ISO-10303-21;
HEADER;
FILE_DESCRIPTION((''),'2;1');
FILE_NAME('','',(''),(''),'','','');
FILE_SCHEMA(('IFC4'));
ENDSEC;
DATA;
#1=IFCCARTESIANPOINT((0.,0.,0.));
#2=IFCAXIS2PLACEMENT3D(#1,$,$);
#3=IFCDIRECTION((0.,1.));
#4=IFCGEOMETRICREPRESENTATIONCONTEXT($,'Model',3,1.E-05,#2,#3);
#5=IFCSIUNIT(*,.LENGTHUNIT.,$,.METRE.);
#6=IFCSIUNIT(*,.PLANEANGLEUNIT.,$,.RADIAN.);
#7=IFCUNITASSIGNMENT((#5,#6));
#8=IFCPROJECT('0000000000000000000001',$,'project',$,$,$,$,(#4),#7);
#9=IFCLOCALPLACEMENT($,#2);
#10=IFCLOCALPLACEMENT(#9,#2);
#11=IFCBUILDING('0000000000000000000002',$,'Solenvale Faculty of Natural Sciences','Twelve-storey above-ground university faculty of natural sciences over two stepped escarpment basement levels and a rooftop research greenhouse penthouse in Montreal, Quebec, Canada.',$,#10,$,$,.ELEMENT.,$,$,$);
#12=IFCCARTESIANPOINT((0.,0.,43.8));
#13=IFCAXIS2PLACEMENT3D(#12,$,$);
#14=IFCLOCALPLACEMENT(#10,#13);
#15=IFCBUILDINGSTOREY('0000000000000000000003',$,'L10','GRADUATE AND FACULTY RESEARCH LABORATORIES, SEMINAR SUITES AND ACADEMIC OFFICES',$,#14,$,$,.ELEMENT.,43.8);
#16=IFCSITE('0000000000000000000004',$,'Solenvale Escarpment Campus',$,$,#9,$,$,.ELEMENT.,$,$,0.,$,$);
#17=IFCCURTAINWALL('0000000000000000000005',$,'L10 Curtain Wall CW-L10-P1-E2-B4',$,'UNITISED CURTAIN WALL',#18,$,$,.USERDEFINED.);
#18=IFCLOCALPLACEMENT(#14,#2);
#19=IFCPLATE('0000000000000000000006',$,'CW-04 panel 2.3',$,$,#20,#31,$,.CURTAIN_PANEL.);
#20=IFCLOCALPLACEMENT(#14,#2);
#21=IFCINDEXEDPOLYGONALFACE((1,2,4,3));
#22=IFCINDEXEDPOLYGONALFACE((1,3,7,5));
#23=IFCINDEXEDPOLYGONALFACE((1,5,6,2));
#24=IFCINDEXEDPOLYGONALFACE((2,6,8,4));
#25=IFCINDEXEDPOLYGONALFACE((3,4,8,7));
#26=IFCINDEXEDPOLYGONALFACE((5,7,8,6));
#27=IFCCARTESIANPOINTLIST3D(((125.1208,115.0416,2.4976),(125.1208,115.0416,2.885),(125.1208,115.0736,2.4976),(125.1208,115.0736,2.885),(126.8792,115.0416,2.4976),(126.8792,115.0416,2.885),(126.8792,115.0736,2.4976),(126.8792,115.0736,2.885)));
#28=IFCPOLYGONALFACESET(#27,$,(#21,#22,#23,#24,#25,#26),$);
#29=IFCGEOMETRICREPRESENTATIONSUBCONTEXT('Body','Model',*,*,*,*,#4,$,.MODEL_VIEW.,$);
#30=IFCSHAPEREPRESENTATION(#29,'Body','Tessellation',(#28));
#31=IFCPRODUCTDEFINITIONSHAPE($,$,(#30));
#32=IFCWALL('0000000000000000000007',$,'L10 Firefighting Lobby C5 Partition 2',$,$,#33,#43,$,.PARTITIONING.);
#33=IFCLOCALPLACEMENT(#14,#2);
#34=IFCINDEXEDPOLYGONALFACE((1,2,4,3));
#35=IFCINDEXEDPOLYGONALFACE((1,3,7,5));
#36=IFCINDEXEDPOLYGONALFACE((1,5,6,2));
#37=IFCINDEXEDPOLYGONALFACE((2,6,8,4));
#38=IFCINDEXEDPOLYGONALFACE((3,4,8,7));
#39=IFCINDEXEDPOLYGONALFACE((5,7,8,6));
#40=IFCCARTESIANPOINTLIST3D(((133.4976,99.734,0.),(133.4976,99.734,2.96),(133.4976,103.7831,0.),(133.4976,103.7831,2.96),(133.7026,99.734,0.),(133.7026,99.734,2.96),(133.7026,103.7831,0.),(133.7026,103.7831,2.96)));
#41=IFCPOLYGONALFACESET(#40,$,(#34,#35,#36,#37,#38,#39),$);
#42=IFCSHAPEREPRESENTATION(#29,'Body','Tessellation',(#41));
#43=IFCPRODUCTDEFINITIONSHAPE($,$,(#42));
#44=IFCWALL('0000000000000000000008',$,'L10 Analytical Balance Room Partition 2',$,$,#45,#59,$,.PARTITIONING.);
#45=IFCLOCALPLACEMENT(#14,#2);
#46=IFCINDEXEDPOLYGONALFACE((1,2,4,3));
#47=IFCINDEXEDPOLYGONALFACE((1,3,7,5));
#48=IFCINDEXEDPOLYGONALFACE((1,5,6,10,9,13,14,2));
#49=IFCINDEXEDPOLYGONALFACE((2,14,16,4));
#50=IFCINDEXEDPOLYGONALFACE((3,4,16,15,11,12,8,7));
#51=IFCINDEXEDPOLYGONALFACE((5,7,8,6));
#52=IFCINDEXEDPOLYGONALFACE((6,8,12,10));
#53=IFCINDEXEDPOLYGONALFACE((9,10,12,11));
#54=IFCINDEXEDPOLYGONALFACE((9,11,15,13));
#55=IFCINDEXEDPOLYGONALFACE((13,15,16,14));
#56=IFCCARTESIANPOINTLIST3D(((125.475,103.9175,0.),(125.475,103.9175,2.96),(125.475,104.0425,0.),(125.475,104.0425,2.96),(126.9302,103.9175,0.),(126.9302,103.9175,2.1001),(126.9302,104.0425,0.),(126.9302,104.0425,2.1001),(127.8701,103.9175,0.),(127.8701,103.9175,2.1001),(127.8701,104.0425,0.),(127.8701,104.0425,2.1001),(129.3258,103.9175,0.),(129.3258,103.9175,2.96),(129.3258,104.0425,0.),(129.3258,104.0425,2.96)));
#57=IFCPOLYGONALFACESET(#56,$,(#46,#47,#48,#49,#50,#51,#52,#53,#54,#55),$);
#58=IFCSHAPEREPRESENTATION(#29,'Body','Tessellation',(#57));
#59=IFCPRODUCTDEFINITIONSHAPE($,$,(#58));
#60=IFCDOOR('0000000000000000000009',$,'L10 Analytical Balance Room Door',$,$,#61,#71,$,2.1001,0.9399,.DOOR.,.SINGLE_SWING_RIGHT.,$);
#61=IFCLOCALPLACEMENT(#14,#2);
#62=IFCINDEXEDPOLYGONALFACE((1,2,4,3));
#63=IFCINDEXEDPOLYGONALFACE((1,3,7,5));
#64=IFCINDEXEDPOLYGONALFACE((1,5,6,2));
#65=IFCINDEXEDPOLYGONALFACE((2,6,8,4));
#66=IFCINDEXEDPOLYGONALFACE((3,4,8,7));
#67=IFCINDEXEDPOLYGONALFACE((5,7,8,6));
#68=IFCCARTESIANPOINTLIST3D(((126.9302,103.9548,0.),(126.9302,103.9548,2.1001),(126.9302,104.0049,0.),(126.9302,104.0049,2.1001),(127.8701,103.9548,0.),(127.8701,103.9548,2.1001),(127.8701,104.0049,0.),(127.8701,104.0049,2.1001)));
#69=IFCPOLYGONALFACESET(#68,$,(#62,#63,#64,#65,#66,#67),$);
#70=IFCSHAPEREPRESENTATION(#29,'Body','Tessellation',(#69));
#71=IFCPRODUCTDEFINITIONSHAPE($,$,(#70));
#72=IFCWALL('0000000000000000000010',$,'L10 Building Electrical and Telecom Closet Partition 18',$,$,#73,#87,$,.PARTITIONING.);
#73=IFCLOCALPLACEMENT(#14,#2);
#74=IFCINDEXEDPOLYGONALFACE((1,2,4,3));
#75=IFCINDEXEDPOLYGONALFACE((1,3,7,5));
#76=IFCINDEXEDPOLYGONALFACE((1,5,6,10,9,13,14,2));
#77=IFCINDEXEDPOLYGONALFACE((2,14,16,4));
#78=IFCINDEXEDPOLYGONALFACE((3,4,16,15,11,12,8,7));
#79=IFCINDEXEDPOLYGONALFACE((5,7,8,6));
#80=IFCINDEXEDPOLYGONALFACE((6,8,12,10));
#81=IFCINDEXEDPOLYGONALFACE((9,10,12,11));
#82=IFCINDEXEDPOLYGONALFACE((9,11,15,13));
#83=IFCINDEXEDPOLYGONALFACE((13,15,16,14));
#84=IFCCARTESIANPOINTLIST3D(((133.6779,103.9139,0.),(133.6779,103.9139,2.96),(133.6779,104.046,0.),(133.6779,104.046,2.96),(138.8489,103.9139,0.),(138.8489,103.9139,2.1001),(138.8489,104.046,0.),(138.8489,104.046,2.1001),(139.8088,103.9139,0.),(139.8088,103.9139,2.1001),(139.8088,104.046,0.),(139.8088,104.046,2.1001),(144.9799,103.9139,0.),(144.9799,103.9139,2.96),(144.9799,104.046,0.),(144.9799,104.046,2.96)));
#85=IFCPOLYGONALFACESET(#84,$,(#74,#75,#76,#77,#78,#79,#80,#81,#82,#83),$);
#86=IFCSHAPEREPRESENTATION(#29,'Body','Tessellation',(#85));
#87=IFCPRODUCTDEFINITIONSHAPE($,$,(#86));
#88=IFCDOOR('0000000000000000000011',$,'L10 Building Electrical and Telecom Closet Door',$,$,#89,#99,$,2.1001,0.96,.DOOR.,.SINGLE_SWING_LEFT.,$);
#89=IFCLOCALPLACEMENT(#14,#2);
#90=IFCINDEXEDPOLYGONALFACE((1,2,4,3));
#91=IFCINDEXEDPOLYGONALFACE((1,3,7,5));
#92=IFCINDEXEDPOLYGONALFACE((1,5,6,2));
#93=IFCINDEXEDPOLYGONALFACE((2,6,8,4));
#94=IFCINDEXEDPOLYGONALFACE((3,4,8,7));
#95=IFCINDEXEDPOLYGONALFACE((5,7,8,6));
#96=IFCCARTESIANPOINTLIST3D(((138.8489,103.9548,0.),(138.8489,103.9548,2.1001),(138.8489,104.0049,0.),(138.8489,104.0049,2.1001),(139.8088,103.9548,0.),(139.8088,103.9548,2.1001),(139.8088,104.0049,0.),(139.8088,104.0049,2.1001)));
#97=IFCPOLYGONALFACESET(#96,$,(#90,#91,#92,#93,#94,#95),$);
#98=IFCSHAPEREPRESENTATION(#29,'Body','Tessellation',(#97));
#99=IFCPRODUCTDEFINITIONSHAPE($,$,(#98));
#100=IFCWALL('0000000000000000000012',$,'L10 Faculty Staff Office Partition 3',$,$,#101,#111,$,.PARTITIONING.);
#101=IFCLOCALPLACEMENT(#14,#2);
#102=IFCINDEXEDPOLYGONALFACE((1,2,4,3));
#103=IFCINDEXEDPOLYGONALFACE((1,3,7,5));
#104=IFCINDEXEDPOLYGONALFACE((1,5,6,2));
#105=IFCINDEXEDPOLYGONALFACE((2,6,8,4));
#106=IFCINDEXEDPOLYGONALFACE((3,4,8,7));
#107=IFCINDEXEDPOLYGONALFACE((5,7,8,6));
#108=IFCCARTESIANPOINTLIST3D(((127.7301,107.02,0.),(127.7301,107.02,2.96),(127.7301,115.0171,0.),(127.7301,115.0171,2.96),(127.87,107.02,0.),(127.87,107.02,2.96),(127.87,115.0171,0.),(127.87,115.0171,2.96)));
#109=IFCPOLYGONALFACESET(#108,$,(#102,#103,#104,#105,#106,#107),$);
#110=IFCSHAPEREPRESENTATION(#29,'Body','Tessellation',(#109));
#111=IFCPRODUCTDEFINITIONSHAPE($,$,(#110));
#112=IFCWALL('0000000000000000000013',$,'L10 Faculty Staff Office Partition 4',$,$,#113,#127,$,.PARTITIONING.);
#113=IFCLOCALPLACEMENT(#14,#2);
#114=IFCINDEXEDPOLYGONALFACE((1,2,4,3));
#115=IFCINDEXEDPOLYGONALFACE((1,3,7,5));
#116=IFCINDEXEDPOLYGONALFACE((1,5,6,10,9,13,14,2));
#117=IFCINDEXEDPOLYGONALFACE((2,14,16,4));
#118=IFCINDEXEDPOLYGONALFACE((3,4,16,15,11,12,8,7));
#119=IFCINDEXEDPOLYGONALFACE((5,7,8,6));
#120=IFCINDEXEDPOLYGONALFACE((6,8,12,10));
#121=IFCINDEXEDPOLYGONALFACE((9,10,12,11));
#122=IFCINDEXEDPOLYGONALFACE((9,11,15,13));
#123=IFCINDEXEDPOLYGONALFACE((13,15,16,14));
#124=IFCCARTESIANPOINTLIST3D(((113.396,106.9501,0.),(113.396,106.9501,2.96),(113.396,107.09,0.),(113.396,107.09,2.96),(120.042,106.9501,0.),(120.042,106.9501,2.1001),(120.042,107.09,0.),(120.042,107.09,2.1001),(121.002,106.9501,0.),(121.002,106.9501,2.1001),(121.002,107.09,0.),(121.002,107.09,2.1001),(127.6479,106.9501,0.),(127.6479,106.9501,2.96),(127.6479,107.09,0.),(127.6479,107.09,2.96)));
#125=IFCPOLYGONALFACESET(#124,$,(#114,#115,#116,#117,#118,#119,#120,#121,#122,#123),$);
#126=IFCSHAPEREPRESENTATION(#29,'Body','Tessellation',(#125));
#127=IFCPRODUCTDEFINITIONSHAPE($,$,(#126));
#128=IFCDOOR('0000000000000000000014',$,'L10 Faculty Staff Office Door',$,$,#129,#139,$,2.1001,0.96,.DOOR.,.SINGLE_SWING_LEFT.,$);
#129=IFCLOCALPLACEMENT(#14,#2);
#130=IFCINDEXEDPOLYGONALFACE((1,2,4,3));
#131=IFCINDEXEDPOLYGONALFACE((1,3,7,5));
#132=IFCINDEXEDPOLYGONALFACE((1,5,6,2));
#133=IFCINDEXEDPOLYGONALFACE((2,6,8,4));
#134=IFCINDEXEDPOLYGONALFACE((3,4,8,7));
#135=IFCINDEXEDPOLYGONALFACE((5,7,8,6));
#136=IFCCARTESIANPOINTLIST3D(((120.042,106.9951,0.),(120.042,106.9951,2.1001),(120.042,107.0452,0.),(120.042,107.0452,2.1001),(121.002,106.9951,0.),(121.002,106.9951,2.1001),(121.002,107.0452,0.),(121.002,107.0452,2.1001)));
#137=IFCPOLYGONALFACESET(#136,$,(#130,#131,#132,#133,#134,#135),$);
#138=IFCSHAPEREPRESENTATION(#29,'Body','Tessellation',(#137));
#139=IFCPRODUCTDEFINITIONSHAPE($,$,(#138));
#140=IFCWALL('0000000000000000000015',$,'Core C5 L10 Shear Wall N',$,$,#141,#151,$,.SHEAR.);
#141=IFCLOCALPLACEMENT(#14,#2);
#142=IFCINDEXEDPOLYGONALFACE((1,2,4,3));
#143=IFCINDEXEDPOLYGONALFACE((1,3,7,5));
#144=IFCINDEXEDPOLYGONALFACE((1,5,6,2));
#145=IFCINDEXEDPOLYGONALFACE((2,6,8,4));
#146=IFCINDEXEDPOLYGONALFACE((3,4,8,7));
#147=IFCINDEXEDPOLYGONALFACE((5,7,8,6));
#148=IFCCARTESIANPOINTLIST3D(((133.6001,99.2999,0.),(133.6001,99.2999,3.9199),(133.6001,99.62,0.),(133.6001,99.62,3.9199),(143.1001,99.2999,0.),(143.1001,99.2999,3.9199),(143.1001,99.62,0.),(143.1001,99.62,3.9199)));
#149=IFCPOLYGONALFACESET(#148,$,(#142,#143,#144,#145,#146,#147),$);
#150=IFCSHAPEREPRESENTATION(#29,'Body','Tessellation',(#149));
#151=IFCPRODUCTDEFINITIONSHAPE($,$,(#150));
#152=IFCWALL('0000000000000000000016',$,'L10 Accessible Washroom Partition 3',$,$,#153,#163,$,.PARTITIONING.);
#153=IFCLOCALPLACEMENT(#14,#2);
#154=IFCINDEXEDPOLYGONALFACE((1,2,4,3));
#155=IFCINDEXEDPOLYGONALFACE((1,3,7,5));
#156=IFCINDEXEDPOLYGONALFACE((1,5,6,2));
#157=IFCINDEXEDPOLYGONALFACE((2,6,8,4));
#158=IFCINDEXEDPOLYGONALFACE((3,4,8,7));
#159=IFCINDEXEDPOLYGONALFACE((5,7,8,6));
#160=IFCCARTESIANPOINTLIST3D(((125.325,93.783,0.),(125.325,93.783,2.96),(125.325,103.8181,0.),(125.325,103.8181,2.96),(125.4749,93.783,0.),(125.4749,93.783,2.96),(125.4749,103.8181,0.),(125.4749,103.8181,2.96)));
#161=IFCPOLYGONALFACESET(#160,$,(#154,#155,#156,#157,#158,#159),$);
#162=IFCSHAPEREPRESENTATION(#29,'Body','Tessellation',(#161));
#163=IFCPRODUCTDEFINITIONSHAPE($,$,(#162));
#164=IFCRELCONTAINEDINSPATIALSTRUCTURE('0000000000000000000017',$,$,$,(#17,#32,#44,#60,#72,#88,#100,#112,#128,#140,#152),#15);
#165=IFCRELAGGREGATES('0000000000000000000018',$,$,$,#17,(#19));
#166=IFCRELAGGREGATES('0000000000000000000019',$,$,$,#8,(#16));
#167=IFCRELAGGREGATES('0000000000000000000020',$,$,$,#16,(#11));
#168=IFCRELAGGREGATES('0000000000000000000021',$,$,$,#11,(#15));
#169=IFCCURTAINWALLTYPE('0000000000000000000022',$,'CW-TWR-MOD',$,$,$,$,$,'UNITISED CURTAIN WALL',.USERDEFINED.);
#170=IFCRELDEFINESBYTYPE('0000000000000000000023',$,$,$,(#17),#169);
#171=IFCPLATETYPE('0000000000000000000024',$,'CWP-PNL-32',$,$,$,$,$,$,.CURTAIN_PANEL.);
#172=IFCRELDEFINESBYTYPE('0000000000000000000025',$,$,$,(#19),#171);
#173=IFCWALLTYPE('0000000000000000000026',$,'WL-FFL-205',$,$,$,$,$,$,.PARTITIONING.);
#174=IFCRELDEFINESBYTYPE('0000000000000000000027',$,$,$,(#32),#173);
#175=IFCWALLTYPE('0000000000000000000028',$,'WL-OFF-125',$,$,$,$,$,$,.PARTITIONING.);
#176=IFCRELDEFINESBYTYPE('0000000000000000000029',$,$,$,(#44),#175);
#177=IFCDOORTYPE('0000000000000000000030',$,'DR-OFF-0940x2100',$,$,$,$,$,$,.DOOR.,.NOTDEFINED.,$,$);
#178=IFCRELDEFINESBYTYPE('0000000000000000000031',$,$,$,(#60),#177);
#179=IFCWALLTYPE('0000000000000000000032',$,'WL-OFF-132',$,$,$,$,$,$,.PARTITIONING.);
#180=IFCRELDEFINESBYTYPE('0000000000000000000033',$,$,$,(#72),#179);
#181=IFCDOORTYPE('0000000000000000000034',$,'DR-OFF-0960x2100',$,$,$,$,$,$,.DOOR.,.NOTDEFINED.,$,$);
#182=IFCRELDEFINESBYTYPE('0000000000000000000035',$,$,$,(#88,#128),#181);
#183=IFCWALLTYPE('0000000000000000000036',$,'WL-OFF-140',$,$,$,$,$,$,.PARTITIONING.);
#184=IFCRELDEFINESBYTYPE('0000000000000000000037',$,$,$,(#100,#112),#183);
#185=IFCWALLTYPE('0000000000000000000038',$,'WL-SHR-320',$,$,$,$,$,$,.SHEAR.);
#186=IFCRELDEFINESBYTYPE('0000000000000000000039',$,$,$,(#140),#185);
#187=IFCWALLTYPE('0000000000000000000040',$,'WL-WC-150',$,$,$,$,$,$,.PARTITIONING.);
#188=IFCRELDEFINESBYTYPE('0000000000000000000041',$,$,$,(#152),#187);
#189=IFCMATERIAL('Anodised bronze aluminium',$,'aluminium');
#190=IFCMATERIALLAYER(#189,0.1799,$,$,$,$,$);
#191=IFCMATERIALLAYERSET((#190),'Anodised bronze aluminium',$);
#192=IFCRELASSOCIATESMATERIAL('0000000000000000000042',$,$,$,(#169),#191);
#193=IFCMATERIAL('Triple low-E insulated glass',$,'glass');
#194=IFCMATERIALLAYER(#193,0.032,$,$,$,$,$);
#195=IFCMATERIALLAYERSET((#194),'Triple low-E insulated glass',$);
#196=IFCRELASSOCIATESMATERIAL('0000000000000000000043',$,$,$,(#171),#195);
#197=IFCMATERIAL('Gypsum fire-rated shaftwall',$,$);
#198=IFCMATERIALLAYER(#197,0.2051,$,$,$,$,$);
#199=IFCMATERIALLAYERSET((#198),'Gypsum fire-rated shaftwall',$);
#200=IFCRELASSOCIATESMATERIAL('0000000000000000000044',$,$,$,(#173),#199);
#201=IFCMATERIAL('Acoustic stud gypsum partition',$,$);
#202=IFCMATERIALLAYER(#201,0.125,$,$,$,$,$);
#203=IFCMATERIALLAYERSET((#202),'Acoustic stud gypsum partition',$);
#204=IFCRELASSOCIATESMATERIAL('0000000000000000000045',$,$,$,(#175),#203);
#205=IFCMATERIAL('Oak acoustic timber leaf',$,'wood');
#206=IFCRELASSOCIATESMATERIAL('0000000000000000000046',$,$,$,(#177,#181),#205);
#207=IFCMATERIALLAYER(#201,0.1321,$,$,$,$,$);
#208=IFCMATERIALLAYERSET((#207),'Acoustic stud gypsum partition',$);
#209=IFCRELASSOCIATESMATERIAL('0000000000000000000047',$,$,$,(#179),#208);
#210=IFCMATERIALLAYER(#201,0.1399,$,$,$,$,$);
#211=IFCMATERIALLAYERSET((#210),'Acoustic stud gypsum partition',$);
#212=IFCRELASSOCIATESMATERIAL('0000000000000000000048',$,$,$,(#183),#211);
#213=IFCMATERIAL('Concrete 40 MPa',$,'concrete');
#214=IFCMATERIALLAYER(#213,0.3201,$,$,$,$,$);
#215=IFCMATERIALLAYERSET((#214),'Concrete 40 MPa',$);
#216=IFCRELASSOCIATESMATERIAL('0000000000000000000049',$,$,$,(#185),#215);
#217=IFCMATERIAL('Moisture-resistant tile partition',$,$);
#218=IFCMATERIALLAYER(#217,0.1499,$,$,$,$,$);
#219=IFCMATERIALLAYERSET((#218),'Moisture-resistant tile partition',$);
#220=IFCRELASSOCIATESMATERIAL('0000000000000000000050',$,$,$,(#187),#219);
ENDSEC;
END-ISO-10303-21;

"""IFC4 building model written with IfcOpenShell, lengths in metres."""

from ifc_helpers import new_model, si_unit, direction, frame, frame_2d, origin, origin_2d, place, context, subcontext, project, spatial, rectangle, extrude, material, layer, layer_set, type_object, element, fill, aggregate, save


model = new_model("IFC4")

# Units and contexts
model_context = context("Model", 3, precision=1e-05, world=origin(), true_north=direction((0.0, 1.0)))
body_context = subcontext(model_context, "Body", "Model", "MODEL_VIEW")
ifc_project = project(units=[si_unit("LENGTHUNIT", "METRE"), si_unit("PLANEANGLEUNIT", "RADIAN")], contexts=[model_context])

# Site, building, storey
site_placement = place(None, origin())
site = spatial("IfcSite", under=ifc_project, at=site_placement, Name="Solenvale Escarpment Campus", CompositionType="ELEMENT", RefElevation=0.0)
building_placement = place(site_placement, origin())
building = spatial("IfcBuilding", under=site, at=building_placement, Name="Solenvale Faculty of Natural Sciences", Description="Twelve-storey above-ground university faculty of natural sciences over two stepped escarpment basement levels and a rooftop research greenhouse penthouse in Montreal, Quebec, Canada.", CompositionType="ELEMENT")
storey_placement = place(building_placement, frame((0.0, 0.0, 43.8)))
storey = spatial("IfcBuildingStorey", under=building, at=storey_placement, Name="L10", Description="GRADUATE AND FACULTY RESEARCH LABORATORIES, SEMINAR SUITES AND ACADEMIC OFFICES", CompositionType="ELEMENT", Elevation=43.8)

# Shared definitions
ifc_material_1 = material(Name="Concrete 40 MPa", Category="concrete")

# Curtain wall, plate
ifc_material_2 = material(Name="Anodised bronze aluminium", Category="aluminium")
ifc_layer_1 = layer(ifc_material_2, 0.1799)
ifc_layer_set_1 = layer_set([ifc_layer_1], Name="Anodised bronze aluminium")
curtain_wall_type = type_object("IfcCurtainWallType", Name="CW-TWR-MOD", ElementType="UNITISED CURTAIN WALL", PredefinedType="USERDEFINED", material=ifc_layer_set_1)
curtain_wall_placement = place(storey_placement, origin())
curtain_wall = element("IfcCurtainWall", 1, at=curtain_wall_placement, inside=storey, type_object=curtain_wall_type, Name="L10 Curtain Wall CW-L10-P1-E2-B4", ObjectType="UNITISED CURTAIN WALL", PredefinedType="USERDEFINED")
ifc_material_3 = material(Name="Triple low-E insulated glass", Category="glass")
ifc_layer_2 = layer(ifc_material_3, 0.032)
ifc_layer_set_2 = layer_set([ifc_layer_2], Name="Triple low-E insulated glass")
plate_type = type_object("IfcPlateType", Name="CWP-PNL-32", PredefinedType="CURTAIN_PANEL", material=ifc_layer_set_2)
plate_1_placement = place(storey_placement, frame((126.0, 115.0576, 2.4976), z_axis=(0.0, 0.0, 1.0), x_axis=(-1.0, 0.0, 0.0)))
plate_1 = element("IfcPlate", 2, at=plate_1_placement, type_object=plate_type, Name="CW-04 panel 2.3", PredefinedType="CURTAIN_PANEL", context=body_context, shape_type="SweptSolid", body=[
    extrude(rectangle(XDim=1.7583, YDim=0.032, at=origin_2d()), origin(), (0.0, 0.0, 1.0), 0.3875),
])
aggregate(curtain_wall, [plate_1])

# Shared definitions
ifc_material_4 = material(Name="Gypsum fire-rated shaftwall")
ifc_layer_3 = layer(ifc_material_4, 0.2051)
ifc_layer_set_3 = layer_set([ifc_layer_3], Name="Gypsum fire-rated shaftwall")
wall_type_1 = type_object("IfcWallType", Name="WL-FFL-205", PredefinedType="PARTITIONING", material=ifc_layer_set_3)

# Wall
wall_1_placement = place(storey_placement, frame((133.6001, 103.783, 0.0), z_axis=(0.0, 0.0, 1.0), x_axis=(0.0, -1.0, 0.0)))
element("IfcWall", 3, at=wall_1_placement, inside=storey, type_object=wall_type_1, Name="L10 Firefighting Lobby C5 Partition 2", PredefinedType="PARTITIONING", context=body_context, shape_type="SweptSolid", body=[
    extrude(rectangle(XDim=4.0491, YDim=0.2051, at=frame_2d((2.0244, 0.0))), origin(), (0.0, 0.0, 1.0), 2.96),
])

# Walls, openings, doors
ifc_material_5 = material(Name="Acoustic stud gypsum partition")
ifc_layer_4 = layer(ifc_material_5, 0.125)
ifc_layer_set_4 = layer_set([ifc_layer_4], Name="Acoustic stud gypsum partition")
wall_type_2 = type_object("IfcWallType", Name="WL-OFF-125", PredefinedType="PARTITIONING", material=ifc_layer_set_4)
wall_2_placement = place(storey_placement, frame((125.4751, 103.98, 0.0), z_axis=(0.0, 0.0, 1.0), x_axis=(1.0, 0.0, 0.0)))
wall_2 = element("IfcWall", 4, at=wall_2_placement, inside=storey, type_object=wall_type_2, Name="L10 Analytical Balance Room Partition 2", PredefinedType="PARTITIONING", context=body_context, shape_type="SweptSolid", body=[
    extrude(rectangle(XDim=3.8508, YDim=0.125, at=frame_2d((1.9253, 0.0))), origin(), (0.0, 0.0, 1.0), 2.96),
])
opening_1_placement = place(wall_2_placement, frame((1.4551, 0.0, 0.0)))
opening_1 = element("IfcOpeningElement", 5, at=opening_1_placement, cuts=wall_2, PredefinedType="OPENING", context=body_context, shape_type="SweptSolid", body=[
    extrude(rectangle(XDim=0.9399, YDim=2.1001, at=frame_2d((0.47, 1.05))), frame((0.0, 0.0725, 0.0), z_axis=(0.0, -1.0, 0.0), x_axis=(1.0, 0.0, 0.0)), (0.0, 0.0, 1.0), 0.145),
])
ifc_material_6 = material(Name="Oak acoustic timber leaf", Category="wood")
door_type_1 = type_object("IfcDoorType", Name="DR-OFF-0940x2100", OperationType="NOTDEFINED", PredefinedType="DOOR", material=ifc_material_6)
door_1_placement = place(opening_1_placement, origin())
door_1 = element("IfcDoor", 6, at=door_1_placement, inside=storey, type_object=door_type_1, Name="L10 Analytical Balance Room Door", OperationType="SINGLE_SWING_RIGHT", OverallHeight=2.1001, OverallWidth=0.9399, PredefinedType="DOOR", context=body_context, shape_type="SweptSolid", body=[
    extrude(rectangle(XDim=0.9399, YDim=2.1001, at=frame_2d((0.47, 1.05))), frame((0.0, 0.0249, 0.0), z_axis=(0.0, -1.0, 0.0), x_axis=(1.0, 0.0, 0.0)), (0.0, 0.0, 1.0), 0.05),
])
fill(opening_1, door_1)
ifc_layer_5 = layer(ifc_material_5, 0.1321)
ifc_layer_set_5 = layer_set([ifc_layer_5], Name="Acoustic stud gypsum partition")
wall_type_3 = type_object("IfcWallType", Name="WL-OFF-132", PredefinedType="PARTITIONING", material=ifc_layer_set_5)
wall_3_placement = place(storey_placement, frame((133.678, 103.98, 0.0), z_axis=(0.0, 0.0, 1.0), x_axis=(1.0, 0.0, 0.0)))
wall_3 = element("IfcWall", 7, at=wall_3_placement, inside=storey, type_object=wall_type_3, Name="L10 Building Electrical and Telecom Closet Partition 18", PredefinedType="PARTITIONING", context=body_context, shape_type="SweptSolid", body=[
    extrude(rectangle(XDim=11.302, YDim=0.1321, at=frame_2d((5.6509, 0.0))), origin(), (0.0, 0.0, 1.0), 2.96),
])
opening_2_placement = place(wall_3_placement, frame((5.1709, 0.0, 0.0)))
opening_2 = element("IfcOpeningElement", 8, at=opening_2_placement, cuts=wall_3, PredefinedType="OPENING", context=body_context, shape_type="SweptSolid", body=[
    extrude(rectangle(XDim=0.96, YDim=2.1001, at=frame_2d((0.48, 1.05))), frame((0.0, 0.0759, 0.0), z_axis=(0.0, -1.0, 0.0), x_axis=(1.0, 0.0, 0.0)), (0.0, 0.0, 1.0), 0.1521),
])
door_type_2 = type_object("IfcDoorType", Name="DR-OFF-0960x2100", OperationType="NOTDEFINED", PredefinedType="DOOR", material=ifc_material_6)
door_2_placement = place(opening_2_placement, origin())
door_2 = element("IfcDoor", 9, at=door_2_placement, inside=storey, type_object=door_type_2, Name="L10 Building Electrical and Telecom Closet Door", OperationType="SINGLE_SWING_LEFT", OverallHeight=2.1001, OverallWidth=0.96, PredefinedType="DOOR", context=body_context, shape_type="SweptSolid", body=[
    extrude(rectangle(XDim=0.96, YDim=2.1001, at=frame_2d((0.48, 1.05))), frame((0.0, 0.0249, 0.0), z_axis=(0.0, -1.0, 0.0), x_axis=(1.0, 0.0, 0.0)), (0.0, 0.0, 1.0), 0.05),
])
fill(opening_2, door_2)

# Wall
ifc_layer_6 = layer(ifc_material_5, 0.1399)
ifc_layer_set_6 = layer_set([ifc_layer_6], Name="Acoustic stud gypsum partition")
wall_type_4 = type_object("IfcWallType", Name="WL-OFF-140", PredefinedType="PARTITIONING", material=ifc_layer_set_6)
wall_4_placement = place(storey_placement, frame((127.8, 115.0171, 0.0), z_axis=(0.0, 0.0, 1.0), x_axis=(0.0, -1.0, 0.0)))
element("IfcWall", 10, at=wall_4_placement, inside=storey, type_object=wall_type_4, Name="L10 Faculty Staff Office Partition 3", PredefinedType="PARTITIONING", context=body_context, shape_type="SweptSolid", body=[
    extrude(rectangle(XDim=7.9971, YDim=0.1399, at=frame_2d((3.9985, 0.0))), origin(), (0.0, 0.0, 1.0), 2.96),
])

# Wall, opening, door
wall_5_placement = place(storey_placement, frame((127.6479, 107.02, 0.0), z_axis=(0.0, 0.0, 1.0), x_axis=(-1.0, 0.0, 0.0)))
wall_5 = element("IfcWall", 11, at=wall_5_placement, inside=storey, type_object=wall_type_4, Name="L10 Faculty Staff Office Partition 4", PredefinedType="PARTITIONING", context=body_context, shape_type="SweptSolid", body=[
    extrude(rectangle(XDim=14.252, YDim=0.1399, at=frame_2d((7.126, 0.0))), origin(), (0.0, 0.0, 1.0), 2.96),
])
opening_3_placement = place(wall_5_placement, frame((6.646, 0.0, 0.0)))
opening_3 = element("IfcOpeningElement", 12, at=opening_3_placement, cuts=wall_5, PredefinedType="OPENING", context=body_context, shape_type="SweptSolid", body=[
    extrude(rectangle(XDim=0.96, YDim=2.1001, at=frame_2d((0.48, 1.05))), frame((0.0, 0.0798, 0.0), z_axis=(0.0, -1.0, 0.0), x_axis=(1.0, 0.0, 0.0)), (0.0, 0.0, 1.0), 0.1599),
])
door_3_placement = place(opening_3_placement, origin())
door_3 = element("IfcDoor", 13, at=door_3_placement, inside=storey, type_object=door_type_2, Name="L10 Faculty Staff Office Door", OperationType="SINGLE_SWING_LEFT", OverallHeight=2.1001, OverallWidth=0.96, PredefinedType="DOOR", context=body_context, shape_type="SweptSolid", body=[
    extrude(rectangle(XDim=0.96, YDim=2.1001, at=frame_2d((0.48, 1.05))), frame((0.0, 0.0249, 0.0), z_axis=(0.0, -1.0, 0.0), x_axis=(1.0, 0.0, 0.0)), (0.0, 0.0, 1.0), 0.05),
])
fill(opening_3, door_3)

# Walls
ifc_layer_7 = layer(ifc_material_1, 0.3201)
ifc_layer_set_7 = layer_set([ifc_layer_7], Name="Concrete 40 MPa")
wall_type_5 = type_object("IfcWallType", Name="WL-SHR-320", PredefinedType="SHEAR", material=ifc_layer_set_7)
wall_6_placement = place(storey_placement, frame((133.6001, 99.46, 0.0), z_axis=(0.0, 0.0, 1.0), x_axis=(1.0, 0.0, 0.0)))
element("IfcWall", 14, at=wall_6_placement, inside=storey, type_object=wall_type_5, Name="Core C5 L10 Shear Wall N", PredefinedType="SHEAR", context=body_context, shape_type="SweptSolid", body=[
    extrude(rectangle(XDim=9.5, YDim=0.3201, at=frame_2d((4.75, 0.0))), origin(), (0.0, 0.0, 1.0), 3.9199),
])
ifc_material_7 = material(Name="Moisture-resistant tile partition")
ifc_layer_8 = layer(ifc_material_7, 0.1499)
ifc_layer_set_8 = layer_set([ifc_layer_8], Name="Moisture-resistant tile partition")
wall_type_6 = type_object("IfcWallType", Name="WL-WC-150", PredefinedType="PARTITIONING", material=ifc_layer_set_8)
wall_7_placement = place(storey_placement, frame((125.3999, 103.8181, 0.0), z_axis=(0.0, 0.0, 1.0), x_axis=(0.0, -1.0, 0.0)))
element("IfcWall", 15, at=wall_7_placement, inside=storey, type_object=wall_type_6, Name="L10 Accessible Washroom Partition 3", PredefinedType="PARTITIONING", context=body_context, shape_type="SweptSolid", body=[
    extrude(rectangle(XDim=10.0352, YDim=0.1499, at=frame_2d((5.0176, 0.0))), origin(), (0.0, 0.0, 1.0), 2.96),
])

save(model, "model.ifc")
